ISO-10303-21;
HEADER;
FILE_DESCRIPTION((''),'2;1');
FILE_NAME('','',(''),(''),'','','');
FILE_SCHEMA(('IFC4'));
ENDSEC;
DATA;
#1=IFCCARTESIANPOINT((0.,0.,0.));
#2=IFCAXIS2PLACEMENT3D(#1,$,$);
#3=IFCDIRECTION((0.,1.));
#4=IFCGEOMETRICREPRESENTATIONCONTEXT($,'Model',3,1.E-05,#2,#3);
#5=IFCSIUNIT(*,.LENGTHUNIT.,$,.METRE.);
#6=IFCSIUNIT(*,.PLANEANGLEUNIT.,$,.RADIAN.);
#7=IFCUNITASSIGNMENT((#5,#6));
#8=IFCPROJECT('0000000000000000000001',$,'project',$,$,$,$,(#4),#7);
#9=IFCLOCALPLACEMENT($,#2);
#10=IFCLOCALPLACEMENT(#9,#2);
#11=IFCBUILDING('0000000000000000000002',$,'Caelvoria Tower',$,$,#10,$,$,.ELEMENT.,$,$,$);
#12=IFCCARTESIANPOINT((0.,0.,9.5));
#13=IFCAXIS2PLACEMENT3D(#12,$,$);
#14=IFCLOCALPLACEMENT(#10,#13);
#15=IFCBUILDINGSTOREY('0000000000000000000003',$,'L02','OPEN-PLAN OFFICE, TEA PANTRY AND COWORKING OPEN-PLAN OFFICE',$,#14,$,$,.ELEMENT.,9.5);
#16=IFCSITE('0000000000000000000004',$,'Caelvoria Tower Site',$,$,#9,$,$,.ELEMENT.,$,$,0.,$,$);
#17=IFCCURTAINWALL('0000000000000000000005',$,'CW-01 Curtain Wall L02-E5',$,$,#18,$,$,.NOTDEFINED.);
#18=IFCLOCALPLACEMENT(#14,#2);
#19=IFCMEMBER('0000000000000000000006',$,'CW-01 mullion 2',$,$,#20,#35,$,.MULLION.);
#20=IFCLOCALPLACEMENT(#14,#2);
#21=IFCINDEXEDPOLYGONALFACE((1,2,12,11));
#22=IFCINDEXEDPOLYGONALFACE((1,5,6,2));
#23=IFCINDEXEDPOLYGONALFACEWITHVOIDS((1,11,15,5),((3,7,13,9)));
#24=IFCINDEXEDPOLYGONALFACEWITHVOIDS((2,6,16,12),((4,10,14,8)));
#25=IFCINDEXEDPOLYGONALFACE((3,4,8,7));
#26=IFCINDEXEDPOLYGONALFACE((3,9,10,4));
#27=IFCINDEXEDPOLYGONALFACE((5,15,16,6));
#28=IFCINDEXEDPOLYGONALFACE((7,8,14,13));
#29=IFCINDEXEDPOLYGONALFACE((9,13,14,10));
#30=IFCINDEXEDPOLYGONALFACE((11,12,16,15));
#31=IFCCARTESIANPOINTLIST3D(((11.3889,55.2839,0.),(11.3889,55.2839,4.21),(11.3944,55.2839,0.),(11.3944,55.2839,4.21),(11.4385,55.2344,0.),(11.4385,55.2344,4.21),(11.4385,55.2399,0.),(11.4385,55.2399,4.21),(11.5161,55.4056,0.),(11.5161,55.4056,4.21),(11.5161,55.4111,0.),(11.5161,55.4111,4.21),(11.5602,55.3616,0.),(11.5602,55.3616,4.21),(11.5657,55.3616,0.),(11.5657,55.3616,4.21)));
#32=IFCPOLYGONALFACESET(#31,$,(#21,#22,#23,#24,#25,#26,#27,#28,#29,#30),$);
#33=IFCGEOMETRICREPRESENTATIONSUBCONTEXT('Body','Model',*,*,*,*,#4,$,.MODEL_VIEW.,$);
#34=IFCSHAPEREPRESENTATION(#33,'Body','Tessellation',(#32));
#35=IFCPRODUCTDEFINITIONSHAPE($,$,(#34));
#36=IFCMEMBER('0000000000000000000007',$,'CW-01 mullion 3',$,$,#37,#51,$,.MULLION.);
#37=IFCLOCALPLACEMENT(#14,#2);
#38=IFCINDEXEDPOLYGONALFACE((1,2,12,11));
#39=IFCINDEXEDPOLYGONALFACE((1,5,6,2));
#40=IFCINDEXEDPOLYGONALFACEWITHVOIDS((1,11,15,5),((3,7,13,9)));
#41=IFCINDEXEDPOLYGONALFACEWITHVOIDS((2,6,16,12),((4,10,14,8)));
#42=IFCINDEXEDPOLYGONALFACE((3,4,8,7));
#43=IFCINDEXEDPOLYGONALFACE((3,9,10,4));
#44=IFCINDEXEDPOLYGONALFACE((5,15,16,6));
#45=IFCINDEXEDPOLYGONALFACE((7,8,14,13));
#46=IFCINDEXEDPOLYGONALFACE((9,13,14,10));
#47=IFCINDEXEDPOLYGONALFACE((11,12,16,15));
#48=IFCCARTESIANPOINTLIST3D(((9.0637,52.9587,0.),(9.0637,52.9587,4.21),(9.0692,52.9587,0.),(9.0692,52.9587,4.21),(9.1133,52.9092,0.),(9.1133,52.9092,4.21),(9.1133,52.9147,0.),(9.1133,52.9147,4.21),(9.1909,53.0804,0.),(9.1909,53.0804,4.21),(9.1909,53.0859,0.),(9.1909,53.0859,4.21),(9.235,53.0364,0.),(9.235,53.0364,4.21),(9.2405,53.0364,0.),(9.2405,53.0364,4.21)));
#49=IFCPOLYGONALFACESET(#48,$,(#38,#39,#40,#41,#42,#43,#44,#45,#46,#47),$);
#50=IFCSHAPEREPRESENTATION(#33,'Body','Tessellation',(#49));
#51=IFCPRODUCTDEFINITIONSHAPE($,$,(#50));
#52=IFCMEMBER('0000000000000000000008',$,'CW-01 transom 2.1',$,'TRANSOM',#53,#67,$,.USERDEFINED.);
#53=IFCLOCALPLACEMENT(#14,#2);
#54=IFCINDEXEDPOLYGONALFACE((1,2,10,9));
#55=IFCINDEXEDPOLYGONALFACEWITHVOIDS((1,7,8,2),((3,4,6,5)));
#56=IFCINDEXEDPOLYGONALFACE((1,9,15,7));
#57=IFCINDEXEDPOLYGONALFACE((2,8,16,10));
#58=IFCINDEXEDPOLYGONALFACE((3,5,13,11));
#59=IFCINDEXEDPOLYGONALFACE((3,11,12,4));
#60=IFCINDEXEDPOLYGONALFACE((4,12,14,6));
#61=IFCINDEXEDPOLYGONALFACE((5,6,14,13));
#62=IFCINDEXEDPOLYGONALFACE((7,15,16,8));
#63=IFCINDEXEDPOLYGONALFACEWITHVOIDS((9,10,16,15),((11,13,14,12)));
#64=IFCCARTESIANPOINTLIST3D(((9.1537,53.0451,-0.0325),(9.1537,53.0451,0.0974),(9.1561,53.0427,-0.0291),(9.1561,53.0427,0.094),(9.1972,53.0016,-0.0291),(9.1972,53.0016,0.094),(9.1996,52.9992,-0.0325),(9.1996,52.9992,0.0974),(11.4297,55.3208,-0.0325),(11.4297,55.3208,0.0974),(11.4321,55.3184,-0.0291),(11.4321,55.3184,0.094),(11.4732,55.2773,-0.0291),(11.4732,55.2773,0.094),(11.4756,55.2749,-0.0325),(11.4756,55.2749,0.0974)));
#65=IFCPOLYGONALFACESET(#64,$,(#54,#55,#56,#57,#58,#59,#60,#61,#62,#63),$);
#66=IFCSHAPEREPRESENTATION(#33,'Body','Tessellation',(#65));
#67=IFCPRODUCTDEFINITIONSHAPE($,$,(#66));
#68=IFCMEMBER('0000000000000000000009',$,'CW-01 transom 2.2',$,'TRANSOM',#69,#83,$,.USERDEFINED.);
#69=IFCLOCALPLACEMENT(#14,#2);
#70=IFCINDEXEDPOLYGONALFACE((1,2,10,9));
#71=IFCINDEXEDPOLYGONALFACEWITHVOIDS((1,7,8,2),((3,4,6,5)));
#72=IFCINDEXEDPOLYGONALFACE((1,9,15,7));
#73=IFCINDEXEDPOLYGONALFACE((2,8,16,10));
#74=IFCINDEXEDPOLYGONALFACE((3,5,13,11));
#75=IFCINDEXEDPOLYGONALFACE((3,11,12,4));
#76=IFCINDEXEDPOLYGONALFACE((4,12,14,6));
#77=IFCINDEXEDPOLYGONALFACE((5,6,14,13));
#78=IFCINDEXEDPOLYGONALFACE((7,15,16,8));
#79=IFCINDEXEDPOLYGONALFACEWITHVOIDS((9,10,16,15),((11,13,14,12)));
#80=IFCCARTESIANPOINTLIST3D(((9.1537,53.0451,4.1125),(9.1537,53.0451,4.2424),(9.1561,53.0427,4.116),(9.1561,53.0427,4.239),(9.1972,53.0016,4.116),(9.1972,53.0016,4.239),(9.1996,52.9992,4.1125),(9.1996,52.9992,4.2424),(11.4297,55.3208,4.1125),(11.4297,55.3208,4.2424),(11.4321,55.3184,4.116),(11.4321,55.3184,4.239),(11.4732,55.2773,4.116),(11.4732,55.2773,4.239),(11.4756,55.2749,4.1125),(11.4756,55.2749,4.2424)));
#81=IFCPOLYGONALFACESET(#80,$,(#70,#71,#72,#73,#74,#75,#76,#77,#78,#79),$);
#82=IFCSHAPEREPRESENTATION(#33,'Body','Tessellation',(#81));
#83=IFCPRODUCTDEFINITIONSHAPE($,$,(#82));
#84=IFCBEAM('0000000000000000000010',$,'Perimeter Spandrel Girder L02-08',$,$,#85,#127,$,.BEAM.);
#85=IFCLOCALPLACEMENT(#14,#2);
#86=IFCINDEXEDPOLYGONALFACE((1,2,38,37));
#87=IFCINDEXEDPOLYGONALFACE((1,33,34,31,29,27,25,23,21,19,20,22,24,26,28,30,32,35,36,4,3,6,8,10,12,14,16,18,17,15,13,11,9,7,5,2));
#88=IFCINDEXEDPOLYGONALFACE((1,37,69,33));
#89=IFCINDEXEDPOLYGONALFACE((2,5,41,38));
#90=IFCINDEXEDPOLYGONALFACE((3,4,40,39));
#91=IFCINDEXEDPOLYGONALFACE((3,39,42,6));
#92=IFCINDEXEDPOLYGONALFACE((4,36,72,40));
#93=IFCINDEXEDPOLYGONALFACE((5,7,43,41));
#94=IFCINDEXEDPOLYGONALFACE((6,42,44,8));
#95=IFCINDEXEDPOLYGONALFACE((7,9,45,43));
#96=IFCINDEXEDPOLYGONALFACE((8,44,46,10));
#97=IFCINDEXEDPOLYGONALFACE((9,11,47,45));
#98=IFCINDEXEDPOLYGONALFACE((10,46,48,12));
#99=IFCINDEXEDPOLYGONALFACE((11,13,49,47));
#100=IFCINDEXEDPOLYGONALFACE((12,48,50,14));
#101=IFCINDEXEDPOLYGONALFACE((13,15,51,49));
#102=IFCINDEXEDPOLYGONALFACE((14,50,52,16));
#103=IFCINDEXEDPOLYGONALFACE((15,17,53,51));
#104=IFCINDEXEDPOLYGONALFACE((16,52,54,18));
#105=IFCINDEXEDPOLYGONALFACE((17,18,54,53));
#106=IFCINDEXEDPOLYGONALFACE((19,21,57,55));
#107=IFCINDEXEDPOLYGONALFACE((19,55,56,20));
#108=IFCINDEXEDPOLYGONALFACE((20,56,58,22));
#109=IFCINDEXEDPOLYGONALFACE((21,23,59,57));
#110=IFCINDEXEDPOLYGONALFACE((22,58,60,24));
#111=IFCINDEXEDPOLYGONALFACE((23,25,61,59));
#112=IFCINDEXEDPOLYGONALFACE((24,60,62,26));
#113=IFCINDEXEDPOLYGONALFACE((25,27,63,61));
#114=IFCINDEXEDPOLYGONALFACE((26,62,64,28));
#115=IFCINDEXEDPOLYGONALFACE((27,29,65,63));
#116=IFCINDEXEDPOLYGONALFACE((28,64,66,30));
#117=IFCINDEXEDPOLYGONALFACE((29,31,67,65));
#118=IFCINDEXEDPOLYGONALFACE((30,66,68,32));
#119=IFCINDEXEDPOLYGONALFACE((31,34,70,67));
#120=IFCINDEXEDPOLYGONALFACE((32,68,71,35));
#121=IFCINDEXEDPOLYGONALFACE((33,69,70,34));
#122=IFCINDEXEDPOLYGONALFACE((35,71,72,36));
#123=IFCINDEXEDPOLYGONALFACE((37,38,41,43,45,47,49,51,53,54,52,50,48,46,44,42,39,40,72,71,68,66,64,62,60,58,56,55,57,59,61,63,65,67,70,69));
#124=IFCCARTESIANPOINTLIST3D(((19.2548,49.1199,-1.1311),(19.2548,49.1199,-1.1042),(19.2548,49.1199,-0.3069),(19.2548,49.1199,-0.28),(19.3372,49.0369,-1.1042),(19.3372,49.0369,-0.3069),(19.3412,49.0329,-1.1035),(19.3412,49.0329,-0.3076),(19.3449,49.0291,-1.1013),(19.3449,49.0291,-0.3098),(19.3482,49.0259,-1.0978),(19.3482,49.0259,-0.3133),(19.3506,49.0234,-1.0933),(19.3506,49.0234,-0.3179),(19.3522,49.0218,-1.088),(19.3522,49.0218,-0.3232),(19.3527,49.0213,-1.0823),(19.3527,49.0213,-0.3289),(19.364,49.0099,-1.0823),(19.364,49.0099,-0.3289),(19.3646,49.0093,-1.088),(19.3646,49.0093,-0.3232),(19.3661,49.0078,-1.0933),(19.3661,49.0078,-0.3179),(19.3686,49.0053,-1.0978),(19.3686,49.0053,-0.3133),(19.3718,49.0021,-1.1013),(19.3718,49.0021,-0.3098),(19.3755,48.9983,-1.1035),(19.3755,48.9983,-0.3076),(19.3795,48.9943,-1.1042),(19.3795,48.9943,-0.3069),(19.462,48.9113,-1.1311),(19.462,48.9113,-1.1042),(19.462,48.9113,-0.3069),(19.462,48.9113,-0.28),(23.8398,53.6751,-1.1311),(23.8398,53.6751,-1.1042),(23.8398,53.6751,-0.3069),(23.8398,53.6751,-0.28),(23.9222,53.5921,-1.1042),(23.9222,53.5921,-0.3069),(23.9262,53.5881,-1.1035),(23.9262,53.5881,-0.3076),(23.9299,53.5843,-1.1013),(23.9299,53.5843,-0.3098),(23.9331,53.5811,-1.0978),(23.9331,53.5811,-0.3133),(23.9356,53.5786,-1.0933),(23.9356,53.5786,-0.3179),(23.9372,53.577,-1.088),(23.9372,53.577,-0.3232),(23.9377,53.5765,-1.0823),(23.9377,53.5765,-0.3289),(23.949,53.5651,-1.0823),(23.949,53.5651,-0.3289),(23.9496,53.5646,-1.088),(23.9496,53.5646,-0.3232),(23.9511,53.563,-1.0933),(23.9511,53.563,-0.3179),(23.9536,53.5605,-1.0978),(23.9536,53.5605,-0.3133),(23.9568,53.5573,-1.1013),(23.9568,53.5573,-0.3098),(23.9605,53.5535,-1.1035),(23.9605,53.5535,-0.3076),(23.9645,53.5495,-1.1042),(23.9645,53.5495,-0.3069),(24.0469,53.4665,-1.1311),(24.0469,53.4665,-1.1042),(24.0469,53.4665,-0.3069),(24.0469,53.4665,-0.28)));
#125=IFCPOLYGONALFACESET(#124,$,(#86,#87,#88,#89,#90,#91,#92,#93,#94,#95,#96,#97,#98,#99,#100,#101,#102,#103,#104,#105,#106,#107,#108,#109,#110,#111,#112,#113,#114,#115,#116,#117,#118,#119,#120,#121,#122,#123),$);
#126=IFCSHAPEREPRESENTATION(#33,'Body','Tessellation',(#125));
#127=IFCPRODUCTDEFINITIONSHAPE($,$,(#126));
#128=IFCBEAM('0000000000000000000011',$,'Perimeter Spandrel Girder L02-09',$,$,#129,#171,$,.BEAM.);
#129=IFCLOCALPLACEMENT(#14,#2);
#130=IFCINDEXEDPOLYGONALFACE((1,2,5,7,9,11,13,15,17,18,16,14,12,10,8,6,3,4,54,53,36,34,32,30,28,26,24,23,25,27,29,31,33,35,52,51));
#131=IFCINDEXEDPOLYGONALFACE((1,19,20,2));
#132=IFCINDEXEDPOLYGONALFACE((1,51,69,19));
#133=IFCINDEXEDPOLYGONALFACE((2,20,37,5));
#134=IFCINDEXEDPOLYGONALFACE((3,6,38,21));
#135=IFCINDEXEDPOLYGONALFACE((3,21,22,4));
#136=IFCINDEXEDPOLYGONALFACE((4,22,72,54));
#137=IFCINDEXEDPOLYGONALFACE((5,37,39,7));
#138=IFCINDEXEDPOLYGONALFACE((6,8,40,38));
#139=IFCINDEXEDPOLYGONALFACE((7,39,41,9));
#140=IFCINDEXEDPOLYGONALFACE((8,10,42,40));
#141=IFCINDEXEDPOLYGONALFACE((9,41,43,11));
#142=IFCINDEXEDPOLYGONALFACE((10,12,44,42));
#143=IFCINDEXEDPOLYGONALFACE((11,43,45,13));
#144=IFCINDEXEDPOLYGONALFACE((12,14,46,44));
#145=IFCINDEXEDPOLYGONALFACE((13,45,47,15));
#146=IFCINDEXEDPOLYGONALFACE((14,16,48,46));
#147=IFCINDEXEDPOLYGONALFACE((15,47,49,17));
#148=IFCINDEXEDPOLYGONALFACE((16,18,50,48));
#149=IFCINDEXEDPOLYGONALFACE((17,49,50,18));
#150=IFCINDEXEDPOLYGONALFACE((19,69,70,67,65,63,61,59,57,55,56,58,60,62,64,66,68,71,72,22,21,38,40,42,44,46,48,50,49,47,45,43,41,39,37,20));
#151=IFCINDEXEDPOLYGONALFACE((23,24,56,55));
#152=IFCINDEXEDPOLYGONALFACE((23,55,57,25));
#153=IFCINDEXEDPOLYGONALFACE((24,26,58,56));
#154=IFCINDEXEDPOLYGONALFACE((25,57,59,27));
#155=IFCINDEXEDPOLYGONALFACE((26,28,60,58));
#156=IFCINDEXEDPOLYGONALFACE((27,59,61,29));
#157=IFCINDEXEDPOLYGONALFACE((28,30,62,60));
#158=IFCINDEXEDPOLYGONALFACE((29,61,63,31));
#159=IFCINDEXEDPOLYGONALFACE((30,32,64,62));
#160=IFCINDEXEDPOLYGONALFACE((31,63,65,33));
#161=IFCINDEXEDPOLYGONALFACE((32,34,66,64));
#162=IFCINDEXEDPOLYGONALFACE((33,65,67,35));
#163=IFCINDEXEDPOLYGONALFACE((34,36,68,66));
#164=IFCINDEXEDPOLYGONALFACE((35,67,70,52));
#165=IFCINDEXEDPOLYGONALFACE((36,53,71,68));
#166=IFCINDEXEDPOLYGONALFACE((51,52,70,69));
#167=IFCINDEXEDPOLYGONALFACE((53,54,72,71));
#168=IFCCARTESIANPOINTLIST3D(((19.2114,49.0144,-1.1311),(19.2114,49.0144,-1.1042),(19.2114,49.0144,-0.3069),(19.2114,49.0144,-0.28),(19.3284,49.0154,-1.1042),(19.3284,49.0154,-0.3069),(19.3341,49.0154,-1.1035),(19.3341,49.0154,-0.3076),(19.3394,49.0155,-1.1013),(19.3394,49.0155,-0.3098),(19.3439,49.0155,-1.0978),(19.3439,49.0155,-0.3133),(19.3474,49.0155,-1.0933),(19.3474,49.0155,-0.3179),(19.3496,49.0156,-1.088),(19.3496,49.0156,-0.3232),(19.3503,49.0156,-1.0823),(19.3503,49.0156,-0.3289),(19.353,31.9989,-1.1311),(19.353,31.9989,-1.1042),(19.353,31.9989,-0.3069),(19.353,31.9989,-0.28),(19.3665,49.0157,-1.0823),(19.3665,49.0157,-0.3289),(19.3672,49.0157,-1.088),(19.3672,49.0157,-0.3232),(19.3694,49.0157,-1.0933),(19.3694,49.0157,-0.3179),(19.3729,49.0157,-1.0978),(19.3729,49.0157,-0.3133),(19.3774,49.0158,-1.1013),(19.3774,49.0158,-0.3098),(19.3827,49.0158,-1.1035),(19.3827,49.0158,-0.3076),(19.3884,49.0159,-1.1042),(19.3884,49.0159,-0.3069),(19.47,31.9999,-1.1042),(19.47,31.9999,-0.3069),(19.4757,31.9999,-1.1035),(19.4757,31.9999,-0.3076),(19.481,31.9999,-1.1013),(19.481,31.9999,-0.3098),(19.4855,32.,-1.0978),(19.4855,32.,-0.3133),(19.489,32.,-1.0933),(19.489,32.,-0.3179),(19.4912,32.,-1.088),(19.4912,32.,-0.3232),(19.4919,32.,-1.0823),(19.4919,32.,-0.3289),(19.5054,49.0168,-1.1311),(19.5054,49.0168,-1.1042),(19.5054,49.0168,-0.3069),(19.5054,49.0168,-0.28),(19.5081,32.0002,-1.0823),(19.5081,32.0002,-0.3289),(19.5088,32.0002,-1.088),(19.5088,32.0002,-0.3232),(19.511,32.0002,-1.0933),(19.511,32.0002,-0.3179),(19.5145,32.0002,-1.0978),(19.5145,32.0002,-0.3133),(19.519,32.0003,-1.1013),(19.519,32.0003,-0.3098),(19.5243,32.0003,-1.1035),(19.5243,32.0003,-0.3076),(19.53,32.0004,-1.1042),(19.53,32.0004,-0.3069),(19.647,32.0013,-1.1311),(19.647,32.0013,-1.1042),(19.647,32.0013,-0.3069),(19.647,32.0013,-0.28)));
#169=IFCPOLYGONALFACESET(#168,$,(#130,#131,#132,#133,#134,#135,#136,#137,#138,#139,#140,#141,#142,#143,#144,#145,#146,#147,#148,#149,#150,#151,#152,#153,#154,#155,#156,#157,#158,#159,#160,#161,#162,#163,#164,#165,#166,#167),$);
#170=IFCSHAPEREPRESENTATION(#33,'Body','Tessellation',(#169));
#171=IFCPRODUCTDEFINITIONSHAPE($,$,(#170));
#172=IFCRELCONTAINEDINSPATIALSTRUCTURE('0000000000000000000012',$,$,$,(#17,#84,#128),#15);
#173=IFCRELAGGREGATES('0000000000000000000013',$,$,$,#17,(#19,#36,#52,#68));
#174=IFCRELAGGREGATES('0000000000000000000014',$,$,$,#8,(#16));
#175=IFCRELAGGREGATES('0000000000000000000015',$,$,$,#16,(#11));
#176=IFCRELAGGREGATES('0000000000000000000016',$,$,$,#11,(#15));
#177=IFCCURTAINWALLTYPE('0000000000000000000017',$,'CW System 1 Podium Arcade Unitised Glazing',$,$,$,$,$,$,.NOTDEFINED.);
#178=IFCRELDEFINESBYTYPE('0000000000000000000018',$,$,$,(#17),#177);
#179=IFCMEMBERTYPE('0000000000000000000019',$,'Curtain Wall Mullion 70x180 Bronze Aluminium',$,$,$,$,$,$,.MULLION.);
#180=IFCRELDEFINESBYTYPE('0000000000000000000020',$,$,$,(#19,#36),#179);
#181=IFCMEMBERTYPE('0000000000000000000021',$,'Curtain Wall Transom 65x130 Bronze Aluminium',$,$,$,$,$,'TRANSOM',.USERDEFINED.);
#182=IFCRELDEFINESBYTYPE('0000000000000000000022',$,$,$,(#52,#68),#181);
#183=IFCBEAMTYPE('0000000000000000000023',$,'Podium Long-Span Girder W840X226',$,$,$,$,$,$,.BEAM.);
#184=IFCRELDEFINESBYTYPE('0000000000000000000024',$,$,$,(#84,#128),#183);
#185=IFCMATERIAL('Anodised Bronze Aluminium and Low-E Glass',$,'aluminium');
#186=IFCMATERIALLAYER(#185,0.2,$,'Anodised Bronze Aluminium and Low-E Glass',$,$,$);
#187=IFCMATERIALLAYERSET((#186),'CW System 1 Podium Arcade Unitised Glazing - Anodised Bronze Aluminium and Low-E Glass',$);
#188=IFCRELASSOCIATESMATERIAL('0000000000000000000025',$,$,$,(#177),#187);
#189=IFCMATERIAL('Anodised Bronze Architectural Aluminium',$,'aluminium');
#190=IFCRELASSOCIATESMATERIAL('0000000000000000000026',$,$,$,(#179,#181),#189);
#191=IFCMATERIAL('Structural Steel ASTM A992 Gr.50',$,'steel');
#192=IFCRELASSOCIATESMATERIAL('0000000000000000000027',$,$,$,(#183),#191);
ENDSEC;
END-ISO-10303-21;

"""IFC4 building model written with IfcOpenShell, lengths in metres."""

from ifc_helpers import new_model, si_unit, direction, frame, origin, origin_2d, place, context, subcontext, project, spatial, hollow_rectangle, i_section, extrude, material, layer, layer_set, material_profile, profile_set, type_object, element, aggregate, save


model = new_model("IFC4")

# Units and contexts
model_context = context("Model", 3, precision=1e-05, world=origin(), true_north=direction((0.0, 1.0)))
body_context = subcontext(model_context, "Body", "Model", "MODEL_VIEW")
ifc_project = project(units=[si_unit("LENGTHUNIT", "METRE"), si_unit("PLANEANGLEUNIT", "RADIAN")], contexts=[model_context])

# Site, building, storey
site_placement = place(None, origin())
site = spatial("IfcSite", under=ifc_project, at=site_placement, Name="Caelvoria Tower Site", CompositionType="ELEMENT", RefElevation=0.0)
building_placement = place(site_placement, origin())
building = spatial("IfcBuilding", under=site, at=building_placement, Name="Caelvoria Tower", CompositionType="ELEMENT")
storey_placement = place(building_placement, frame((0.0, 0.0, 9.5)))
storey = spatial("IfcBuildingStorey", under=building, at=storey_placement, Name="L02", Description="OPEN-PLAN OFFICE, TEA PANTRY AND COWORKING OPEN-PLAN OFFICE", CompositionType="ELEMENT", Elevation=9.5)

# Shared definitions
ifc_material_1 = material(Name="Structural Steel ASTM A992 Gr.50", Category="steel")

# Curtain wall, members
ifc_material_2 = material(Name="Anodised Bronze Aluminium and Low-E Glass", Category="aluminium")
ifc_layer_1 = layer(ifc_material_2, 0.2, Name="Anodised Bronze Aluminium and Low-E Glass")
ifc_layer_set_1 = layer_set([ifc_layer_1], Name="CW System 1 Podium Arcade Unitised Glazing - Anodised Bronze Aluminium and Low-E Glass")
curtain_wall_type = type_object("IfcCurtainWallType", Name="CW System 1 Podium Arcade Unitised Glazing", PredefinedType="NOTDEFINED", material=ifc_layer_set_1)
curtain_wall_placement = place(storey_placement, origin())
curtain_wall = element("IfcCurtainWall", 1, at=curtain_wall_placement, inside=storey, type_object=curtain_wall_type, Name="CW-01 Curtain Wall L02-E5", PredefinedType="NOTDEFINED")
ifc_material_3 = material(Name="Anodised Bronze Architectural Aluminium", Category="aluminium")
ifc_material_profile_1 = material_profile(ifc_material_3, hollow_rectangle(XDim=0.0701, YDim=0.1799, WallThickness=0.0039, at=origin_2d()), Name="Anodised Bronze Architectural Aluminium")
ifc_profile_set_1 = profile_set([ifc_material_profile_1], Name="CW_MULL_70X180 - Anodised Bronze Architectural Aluminium")
member_type_1 = type_object("IfcMemberType", Name="Curtain Wall Mullion 70x180 Bronze Aluminium", PredefinedType="MULLION", material=ifc_profile_set_1)
member_1_placement = place(storey_placement, frame((11.4773, 55.3228, 0.0), z_axis=(0.0, 0.0, 1.0), x_axis=(0.707107, -0.707107, 0.0)))
member_1 = element("IfcMember", 2, at=member_1_placement, type_object=member_type_1, Name="CW-01 mullion 2", PredefinedType="MULLION", context=body_context, shape_type="SweptSolid", body=[
    extrude(hollow_rectangle(XDim=0.0701, YDim=0.1799, WallThickness=0.0039, at=origin_2d()), origin(), (0.0, 0.0, 1.0), 4.21),
])
member_2_placement = place(storey_placement, frame((9.1521, 52.9976, 0.0), z_axis=(0.0, 0.0, 1.0), x_axis=(0.707107, -0.707107, 0.0)))
member_2 = element("IfcMember", 3, at=member_2_placement, type_object=member_type_1, Name="CW-01 mullion 3", PredefinedType="MULLION", context=body_context, shape_type="SweptSolid", body=[
    extrude(hollow_rectangle(XDim=0.0701, YDim=0.1799, WallThickness=0.0039, at=origin_2d()), origin(), (0.0, 0.0, 1.0), 4.21),
])
ifc_material_profile_2 = material_profile(ifc_material_3, hollow_rectangle(XDim=0.0649, YDim=0.1299, WallThickness=0.0034, at=origin_2d()), Name="Anodised Bronze Architectural Aluminium")
ifc_profile_set_2 = profile_set([ifc_material_profile_2], Name="CW_TRAN_65X130 - Anodised Bronze Architectural Aluminium")
member_type_2 = type_object("IfcMemberType", Name="Curtain Wall Transom 65x130 Bronze Aluminium", ElementType="TRANSOM", PredefinedType="USERDEFINED", material=ifc_profile_set_2)
member_3_placement = place(storey_placement, frame((11.4526, 55.2979, 0.0325), z_axis=(-0.707145, -0.707069, 0.0), x_axis=(0.707069, -0.707145, 0.0)))
member_3 = element("IfcMember", 4, at=member_3_placement, type_object=member_type_2, Name="CW-01 transom 2.1", ObjectType="TRANSOM", PredefinedType="USERDEFINED", context=body_context, shape_type="SweptSolid", body=[
    extrude(hollow_rectangle(XDim=0.0649, YDim=0.1299, WallThickness=0.0034, at=origin_2d()), origin(), (0.0, 0.0, 1.0), 3.2185),
])
member_4_placement = place(storey_placement, frame((11.4526, 55.2979, 4.1775), z_axis=(-0.707145, -0.707069, 0.0), x_axis=(0.707069, -0.707145, 0.0)))
member_4 = element("IfcMember", 5, at=member_4_placement, type_object=member_type_2, Name="CW-01 transom 2.2", ObjectType="TRANSOM", PredefinedType="USERDEFINED", context=body_context, shape_type="SweptSolid", body=[
    extrude(hollow_rectangle(XDim=0.0649, YDim=0.1299, WallThickness=0.0034, at=origin_2d()), origin(), (0.0, 0.0, 1.0), 3.2185),
])

# Beams
ifc_material_profile_3 = material_profile(ifc_material_1, i_section(OverallWidth=0.2939, OverallDepth=0.8511, WebThickness=0.0161, FlangeThickness=0.0269, FilletRadius=0.022, at=origin_2d()), Name="Structural Steel ASTM A992 Gr.50")
ifc_profile_set_3 = profile_set([ifc_material_profile_3], Name="W840X226 - Structural Steel ASTM A992 Gr.50")
beam_type_1 = type_object("IfcBeamType", Name="Podium Long-Span Girder W840X226", PredefinedType="BEAM", material=ifc_profile_set_3)
beam_placement = place(storey_placement, frame((23.9434, 53.5708, -0.7056), z_axis=(-0.709407, -0.704799, 0.0), x_axis=(0.704799, -0.709407, 0.0)))
element("IfcBeam", 6, at=beam_placement, inside=storey, type_object=beam_type_1, Name="Perimeter Spandrel Girder L02-08", PredefinedType="BEAM", context=body_context, shape_type="SweptSolid", body=[
    extrude(i_section(OverallWidth=0.2939, OverallDepth=0.8511, WebThickness=0.0161, FlangeThickness=0.0269, FilletRadius=0.022, at=origin_2d()), origin(), (0.0, 0.0, 1.0), 6.4631),
])
for number, where, z_axis, x_axis, name in (
    (7, (19.3584, 49.0156, -0.7056), (0.008322, -0.999965, 0.0), (0.999965, 0.008322, 0.0), "Perimeter Spandrel Girder L02-09"),
):
    element("IfcBeam", number, at=place(storey_placement, frame(where, z_axis=z_axis, x_axis=x_axis)), inside=storey, type_object=beam_type_1, Name=name, PredefinedType="BEAM", context=body_context, shape_type="SweptSolid", body=[
        extrude(i_section(OverallWidth=0.2939, OverallDepth=0.8511, WebThickness=0.0161, FlangeThickness=0.0269, FilletRadius=0.022, at=origin_2d()), origin(), (0.0, 0.0, 1.0), 17.0161),
    ])

aggregate(curtain_wall, [member_1, member_2, member_3, member_4])

save(model, "model.ifc")
